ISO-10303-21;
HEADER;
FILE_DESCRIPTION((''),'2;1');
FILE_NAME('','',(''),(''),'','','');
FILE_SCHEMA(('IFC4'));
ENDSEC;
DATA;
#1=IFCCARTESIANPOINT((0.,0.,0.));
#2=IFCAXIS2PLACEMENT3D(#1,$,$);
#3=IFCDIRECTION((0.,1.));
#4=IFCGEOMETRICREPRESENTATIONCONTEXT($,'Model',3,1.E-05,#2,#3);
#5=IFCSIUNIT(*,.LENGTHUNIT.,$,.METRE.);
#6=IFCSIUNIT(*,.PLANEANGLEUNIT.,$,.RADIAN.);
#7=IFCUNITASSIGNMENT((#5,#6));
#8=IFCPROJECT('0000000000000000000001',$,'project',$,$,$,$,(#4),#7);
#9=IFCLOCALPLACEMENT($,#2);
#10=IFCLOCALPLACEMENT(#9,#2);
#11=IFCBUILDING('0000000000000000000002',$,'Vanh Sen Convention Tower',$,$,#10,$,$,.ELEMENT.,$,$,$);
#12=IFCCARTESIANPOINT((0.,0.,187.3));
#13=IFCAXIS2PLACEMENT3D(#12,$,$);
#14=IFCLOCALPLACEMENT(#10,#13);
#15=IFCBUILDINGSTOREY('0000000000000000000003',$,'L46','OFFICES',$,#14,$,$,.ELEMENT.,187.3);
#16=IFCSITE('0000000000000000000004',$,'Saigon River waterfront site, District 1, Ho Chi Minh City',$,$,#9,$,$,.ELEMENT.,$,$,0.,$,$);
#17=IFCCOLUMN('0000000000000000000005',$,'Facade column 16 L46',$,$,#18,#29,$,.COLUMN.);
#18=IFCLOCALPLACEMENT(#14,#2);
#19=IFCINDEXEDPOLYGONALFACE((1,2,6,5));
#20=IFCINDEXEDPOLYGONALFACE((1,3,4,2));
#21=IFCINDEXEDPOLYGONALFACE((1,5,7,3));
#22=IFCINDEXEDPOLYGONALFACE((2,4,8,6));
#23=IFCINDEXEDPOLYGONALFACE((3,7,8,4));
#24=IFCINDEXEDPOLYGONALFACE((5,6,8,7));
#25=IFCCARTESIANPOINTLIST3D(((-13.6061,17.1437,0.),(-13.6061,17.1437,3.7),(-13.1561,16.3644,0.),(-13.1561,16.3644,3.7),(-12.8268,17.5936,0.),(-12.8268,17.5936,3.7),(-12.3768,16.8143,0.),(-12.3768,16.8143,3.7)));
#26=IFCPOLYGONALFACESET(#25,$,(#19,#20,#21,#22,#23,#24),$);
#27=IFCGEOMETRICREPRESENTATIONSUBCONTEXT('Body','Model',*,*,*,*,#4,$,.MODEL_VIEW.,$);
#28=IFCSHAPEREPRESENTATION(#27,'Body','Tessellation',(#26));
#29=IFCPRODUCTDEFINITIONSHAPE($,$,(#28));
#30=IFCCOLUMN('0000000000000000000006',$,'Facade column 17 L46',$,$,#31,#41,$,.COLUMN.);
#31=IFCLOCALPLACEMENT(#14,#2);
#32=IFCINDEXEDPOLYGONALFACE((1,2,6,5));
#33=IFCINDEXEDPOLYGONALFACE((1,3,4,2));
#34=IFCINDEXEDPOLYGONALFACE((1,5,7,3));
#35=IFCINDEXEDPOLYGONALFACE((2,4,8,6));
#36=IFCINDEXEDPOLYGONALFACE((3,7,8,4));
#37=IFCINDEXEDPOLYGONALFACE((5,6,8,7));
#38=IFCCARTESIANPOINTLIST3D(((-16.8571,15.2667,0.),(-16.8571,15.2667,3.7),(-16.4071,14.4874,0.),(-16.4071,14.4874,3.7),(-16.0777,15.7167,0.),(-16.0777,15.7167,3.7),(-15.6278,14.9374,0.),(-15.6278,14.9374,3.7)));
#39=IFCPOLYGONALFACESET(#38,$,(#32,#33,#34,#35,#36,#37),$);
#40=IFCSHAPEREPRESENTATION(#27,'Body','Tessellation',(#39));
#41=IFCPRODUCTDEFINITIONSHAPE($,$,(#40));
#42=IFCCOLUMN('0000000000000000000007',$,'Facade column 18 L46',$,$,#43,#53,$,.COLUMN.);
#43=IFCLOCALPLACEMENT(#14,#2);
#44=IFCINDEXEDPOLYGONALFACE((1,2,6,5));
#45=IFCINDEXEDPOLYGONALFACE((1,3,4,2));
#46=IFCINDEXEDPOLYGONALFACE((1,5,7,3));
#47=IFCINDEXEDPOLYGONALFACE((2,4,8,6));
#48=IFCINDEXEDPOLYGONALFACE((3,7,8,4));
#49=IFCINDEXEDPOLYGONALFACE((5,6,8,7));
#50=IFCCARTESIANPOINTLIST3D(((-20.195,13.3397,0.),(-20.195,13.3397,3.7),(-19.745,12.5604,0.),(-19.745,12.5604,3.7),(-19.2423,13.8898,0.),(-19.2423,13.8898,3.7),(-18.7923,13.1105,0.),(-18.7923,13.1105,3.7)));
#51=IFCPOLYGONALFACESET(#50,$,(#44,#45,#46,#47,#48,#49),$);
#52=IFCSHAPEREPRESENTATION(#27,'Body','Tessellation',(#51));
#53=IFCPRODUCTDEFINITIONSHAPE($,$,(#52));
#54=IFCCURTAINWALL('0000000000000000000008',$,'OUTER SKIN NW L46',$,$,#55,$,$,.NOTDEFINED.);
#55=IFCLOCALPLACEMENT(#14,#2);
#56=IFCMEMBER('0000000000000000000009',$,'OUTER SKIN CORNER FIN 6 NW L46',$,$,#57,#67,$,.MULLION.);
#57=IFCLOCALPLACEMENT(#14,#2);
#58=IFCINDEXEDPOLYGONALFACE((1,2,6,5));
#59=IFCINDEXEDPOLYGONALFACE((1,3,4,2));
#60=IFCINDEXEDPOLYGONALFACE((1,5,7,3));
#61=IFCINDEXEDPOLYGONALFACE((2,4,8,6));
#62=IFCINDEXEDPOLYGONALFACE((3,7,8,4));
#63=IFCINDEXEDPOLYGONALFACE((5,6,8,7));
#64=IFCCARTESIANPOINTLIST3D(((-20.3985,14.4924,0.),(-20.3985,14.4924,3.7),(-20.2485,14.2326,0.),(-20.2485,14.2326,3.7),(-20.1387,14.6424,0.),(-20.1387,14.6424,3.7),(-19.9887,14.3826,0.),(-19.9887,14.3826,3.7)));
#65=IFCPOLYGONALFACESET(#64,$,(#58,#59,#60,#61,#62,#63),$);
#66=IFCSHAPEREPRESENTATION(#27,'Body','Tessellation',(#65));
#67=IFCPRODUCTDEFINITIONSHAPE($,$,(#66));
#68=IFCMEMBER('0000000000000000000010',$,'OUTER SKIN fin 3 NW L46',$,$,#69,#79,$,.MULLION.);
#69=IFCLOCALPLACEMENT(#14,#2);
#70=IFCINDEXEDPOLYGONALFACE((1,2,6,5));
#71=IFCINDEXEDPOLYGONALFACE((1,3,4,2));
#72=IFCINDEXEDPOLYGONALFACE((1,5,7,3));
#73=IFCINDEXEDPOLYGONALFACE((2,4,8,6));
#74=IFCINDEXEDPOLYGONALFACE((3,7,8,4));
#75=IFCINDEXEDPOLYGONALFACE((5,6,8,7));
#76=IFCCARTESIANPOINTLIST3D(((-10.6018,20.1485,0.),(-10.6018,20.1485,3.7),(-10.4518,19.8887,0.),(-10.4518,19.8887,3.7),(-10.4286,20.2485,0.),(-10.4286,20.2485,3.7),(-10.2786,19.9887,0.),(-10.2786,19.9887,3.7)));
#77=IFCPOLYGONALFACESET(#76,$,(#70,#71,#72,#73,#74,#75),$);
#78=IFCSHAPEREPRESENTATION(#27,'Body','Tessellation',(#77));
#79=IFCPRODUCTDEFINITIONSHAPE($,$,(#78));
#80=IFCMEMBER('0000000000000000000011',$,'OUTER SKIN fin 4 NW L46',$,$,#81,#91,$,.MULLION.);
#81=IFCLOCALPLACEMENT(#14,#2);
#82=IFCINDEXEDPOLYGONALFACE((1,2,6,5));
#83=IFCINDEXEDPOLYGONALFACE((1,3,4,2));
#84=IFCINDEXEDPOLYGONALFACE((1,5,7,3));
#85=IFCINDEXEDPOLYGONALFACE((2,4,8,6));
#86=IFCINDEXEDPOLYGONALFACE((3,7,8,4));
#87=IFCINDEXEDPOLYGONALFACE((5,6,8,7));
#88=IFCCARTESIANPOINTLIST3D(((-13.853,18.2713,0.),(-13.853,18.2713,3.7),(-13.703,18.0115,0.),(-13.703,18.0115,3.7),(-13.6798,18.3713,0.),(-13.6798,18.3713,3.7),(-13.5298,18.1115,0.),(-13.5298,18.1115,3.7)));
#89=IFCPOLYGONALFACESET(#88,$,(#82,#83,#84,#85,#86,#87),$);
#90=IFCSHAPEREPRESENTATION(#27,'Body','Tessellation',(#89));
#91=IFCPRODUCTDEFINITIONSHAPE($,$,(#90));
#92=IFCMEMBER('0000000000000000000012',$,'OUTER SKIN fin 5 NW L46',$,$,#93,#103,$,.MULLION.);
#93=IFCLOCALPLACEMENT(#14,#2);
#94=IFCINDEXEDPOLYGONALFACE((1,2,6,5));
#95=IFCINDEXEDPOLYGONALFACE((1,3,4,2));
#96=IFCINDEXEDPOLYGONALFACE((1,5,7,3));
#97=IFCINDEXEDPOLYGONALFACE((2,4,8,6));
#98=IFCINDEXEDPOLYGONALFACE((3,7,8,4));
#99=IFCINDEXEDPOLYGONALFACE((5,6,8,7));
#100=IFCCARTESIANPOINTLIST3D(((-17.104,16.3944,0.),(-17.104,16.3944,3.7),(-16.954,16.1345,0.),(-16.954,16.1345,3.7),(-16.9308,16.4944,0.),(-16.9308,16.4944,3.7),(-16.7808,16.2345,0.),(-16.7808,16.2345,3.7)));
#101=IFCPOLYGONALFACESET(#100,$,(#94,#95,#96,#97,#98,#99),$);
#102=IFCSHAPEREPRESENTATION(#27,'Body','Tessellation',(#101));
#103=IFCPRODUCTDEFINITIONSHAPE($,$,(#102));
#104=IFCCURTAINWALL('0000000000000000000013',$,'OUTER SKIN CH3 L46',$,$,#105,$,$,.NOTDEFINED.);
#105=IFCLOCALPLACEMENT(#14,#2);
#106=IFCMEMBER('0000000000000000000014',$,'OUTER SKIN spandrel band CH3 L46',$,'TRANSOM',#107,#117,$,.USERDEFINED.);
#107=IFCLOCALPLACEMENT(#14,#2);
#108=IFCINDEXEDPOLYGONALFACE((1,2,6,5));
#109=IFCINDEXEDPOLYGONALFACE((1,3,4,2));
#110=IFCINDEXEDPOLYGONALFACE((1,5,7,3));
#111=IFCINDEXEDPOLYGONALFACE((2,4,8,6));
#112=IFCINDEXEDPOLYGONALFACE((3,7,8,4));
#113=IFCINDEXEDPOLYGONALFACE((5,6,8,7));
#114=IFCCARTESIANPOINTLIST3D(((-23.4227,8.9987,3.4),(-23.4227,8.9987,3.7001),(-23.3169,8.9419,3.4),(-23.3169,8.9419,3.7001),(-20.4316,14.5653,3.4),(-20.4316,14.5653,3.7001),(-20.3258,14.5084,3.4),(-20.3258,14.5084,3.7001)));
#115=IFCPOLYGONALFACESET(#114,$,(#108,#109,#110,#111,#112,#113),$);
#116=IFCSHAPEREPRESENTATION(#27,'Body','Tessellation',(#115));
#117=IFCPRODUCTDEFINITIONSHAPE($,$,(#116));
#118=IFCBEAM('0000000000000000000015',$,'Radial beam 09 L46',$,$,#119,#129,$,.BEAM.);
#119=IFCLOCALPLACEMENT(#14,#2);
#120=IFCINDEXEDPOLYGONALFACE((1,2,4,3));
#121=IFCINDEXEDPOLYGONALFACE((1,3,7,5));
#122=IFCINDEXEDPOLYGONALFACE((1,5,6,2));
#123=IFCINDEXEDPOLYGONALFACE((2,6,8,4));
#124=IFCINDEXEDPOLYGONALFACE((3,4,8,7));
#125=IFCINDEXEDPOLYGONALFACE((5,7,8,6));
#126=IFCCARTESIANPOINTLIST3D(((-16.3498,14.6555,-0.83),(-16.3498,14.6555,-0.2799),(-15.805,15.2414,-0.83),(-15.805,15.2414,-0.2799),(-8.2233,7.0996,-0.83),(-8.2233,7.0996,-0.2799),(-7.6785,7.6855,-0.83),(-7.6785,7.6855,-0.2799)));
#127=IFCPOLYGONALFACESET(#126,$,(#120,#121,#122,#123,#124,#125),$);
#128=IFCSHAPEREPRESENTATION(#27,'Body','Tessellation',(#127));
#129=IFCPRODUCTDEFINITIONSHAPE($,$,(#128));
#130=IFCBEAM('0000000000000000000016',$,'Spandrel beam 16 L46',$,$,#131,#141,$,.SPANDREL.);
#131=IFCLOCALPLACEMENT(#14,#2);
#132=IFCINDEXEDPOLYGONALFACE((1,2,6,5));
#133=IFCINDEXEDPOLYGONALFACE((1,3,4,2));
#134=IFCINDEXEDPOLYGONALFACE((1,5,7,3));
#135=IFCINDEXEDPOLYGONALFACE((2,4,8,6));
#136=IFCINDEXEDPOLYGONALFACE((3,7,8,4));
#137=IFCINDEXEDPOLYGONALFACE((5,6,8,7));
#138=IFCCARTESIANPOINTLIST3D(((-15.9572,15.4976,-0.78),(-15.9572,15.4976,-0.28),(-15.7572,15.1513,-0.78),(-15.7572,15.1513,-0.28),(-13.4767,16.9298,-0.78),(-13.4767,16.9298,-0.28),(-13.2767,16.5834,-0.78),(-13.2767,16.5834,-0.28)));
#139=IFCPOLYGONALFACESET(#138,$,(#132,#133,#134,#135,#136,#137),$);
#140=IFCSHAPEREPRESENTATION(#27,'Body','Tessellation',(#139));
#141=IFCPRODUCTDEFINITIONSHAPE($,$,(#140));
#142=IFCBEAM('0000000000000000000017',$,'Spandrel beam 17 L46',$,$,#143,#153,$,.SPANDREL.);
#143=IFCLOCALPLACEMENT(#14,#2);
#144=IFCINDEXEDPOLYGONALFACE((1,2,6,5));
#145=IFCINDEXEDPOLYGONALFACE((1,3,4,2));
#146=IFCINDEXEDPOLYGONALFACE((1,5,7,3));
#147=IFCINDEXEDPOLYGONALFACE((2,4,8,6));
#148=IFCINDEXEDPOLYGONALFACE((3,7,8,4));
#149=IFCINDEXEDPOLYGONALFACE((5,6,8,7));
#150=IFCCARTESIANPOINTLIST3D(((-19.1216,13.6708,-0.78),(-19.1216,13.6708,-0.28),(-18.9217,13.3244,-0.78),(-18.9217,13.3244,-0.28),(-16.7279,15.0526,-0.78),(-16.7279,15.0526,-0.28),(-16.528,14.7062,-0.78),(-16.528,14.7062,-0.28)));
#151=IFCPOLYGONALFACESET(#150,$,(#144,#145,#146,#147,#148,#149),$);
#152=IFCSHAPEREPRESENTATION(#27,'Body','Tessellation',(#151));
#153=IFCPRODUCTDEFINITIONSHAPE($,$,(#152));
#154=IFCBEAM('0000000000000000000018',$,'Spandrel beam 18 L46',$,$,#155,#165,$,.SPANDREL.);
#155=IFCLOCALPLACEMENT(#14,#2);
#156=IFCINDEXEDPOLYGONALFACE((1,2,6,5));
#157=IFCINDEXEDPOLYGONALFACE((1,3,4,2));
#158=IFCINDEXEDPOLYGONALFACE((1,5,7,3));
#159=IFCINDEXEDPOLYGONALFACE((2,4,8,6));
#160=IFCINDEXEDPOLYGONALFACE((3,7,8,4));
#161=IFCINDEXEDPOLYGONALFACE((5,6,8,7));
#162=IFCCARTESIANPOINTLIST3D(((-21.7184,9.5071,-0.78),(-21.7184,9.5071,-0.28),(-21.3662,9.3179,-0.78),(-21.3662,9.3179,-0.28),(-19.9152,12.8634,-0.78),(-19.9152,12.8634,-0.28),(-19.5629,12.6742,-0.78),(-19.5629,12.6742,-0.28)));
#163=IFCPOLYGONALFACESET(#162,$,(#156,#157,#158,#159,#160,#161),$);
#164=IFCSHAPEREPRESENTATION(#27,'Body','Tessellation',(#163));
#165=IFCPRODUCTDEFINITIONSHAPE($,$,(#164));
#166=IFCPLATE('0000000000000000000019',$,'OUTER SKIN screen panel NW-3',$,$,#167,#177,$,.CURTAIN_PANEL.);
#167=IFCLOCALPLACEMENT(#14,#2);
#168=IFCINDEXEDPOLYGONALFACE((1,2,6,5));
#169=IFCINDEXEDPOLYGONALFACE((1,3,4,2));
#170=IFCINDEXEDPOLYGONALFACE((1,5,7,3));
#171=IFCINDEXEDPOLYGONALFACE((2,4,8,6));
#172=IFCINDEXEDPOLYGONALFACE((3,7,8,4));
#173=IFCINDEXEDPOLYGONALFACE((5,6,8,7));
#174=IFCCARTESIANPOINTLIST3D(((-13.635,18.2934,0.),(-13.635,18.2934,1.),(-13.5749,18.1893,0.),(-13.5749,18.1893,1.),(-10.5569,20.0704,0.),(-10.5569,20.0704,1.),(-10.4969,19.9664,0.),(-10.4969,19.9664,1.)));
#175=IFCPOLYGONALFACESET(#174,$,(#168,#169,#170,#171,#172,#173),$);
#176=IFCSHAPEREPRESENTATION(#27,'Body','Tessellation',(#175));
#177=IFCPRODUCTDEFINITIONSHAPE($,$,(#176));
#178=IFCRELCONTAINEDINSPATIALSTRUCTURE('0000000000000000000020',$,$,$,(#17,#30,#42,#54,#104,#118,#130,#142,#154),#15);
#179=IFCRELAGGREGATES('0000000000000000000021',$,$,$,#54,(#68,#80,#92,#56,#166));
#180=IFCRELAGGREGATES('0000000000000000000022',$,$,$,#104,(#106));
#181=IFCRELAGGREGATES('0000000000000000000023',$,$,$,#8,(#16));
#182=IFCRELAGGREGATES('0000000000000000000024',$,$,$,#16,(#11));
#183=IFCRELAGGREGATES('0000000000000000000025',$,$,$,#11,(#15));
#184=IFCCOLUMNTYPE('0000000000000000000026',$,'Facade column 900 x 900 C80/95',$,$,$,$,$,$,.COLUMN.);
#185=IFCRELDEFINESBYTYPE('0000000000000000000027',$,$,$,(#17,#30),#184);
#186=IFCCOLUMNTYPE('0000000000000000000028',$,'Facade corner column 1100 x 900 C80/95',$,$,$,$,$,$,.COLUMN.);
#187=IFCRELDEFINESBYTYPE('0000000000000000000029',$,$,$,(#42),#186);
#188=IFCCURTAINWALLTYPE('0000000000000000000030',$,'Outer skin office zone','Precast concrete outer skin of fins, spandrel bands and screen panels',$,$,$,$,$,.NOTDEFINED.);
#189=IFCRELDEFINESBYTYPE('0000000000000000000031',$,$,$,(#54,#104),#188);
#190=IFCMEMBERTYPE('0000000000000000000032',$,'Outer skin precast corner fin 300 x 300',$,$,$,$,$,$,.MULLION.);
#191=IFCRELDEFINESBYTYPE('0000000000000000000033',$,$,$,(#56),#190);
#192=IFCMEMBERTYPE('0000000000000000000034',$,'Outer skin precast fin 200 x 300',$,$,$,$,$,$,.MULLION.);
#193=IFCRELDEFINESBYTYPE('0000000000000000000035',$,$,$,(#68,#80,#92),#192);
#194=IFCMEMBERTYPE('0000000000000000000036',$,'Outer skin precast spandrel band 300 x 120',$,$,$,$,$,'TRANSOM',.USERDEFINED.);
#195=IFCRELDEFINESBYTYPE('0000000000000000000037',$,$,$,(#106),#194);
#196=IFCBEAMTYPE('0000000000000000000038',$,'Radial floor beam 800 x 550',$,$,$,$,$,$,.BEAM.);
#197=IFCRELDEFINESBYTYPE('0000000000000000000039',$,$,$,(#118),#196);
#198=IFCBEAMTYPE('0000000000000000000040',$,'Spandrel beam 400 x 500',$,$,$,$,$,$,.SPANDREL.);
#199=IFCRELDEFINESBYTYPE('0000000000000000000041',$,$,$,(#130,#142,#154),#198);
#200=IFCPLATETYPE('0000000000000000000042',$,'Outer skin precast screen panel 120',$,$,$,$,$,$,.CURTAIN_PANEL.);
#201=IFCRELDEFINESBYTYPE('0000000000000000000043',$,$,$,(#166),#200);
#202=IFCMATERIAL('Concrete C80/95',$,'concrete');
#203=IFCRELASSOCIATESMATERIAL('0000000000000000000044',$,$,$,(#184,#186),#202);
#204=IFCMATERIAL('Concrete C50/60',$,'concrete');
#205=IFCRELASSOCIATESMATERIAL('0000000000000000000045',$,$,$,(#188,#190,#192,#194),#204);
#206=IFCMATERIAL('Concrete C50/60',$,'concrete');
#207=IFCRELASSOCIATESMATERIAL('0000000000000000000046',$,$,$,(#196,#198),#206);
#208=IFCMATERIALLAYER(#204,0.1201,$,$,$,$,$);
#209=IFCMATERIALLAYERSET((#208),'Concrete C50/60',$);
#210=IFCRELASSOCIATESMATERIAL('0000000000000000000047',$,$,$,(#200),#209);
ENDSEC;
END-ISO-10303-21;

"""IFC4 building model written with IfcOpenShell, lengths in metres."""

from ifc_helpers import new_model, si_unit, direction, frame, origin, origin_2d, place, context, subcontext, project, spatial, rectangle, extrude, material, layer, layer_set, material_profile, profile_set, type_object, element, aggregate, save


model = new_model("IFC4")

# Units and contexts
model_context = context("Model", 3, precision=1e-05, world=origin(), true_north=direction((0.0, 1.0)))
body_context = subcontext(model_context, "Body", "Model", "MODEL_VIEW")
ifc_project = project(units=[si_unit("LENGTHUNIT", "METRE"), si_unit("PLANEANGLEUNIT", "RADIAN")], contexts=[model_context])

# Site, building, storey
site_placement = place(None, origin())
site = spatial("IfcSite", under=ifc_project, at=site_placement, Name="Saigon River waterfront site, District 1, Ho Chi Minh City", CompositionType="ELEMENT", RefElevation=0.0)
building_placement = place(site_placement, origin())
building = spatial("IfcBuilding", under=site, at=building_placement, Name="Vanh Sen Convention Tower", CompositionType="ELEMENT")
storey_placement = place(building_placement, frame((0.0, 0.0, 187.3)))
storey = spatial("IfcBuildingStorey", under=building, at=storey_placement, Name="L46", Description="OFFICES", CompositionType="ELEMENT", Elevation=187.3)

# Columns
ifc_material_1 = material(Name="Concrete C80/95", Category="concrete")
ifc_material_profile_1 = material_profile(ifc_material_1, rectangle(XDim=0.8999, YDim=0.8999, at=origin_2d()), Name="RC 900X900")
ifc_profile_set_1 = profile_set([ifc_material_profile_1], Name="Concrete C80/95")
column_type_1 = type_object("IfcColumnType", Name="Facade column 900 x 900 C80/95", PredefinedType="COLUMN", material=ifc_profile_set_1)
for number, where, z_axis, x_axis, name in (
    (1, (-12.9915, 16.979, 0.0), (0.0, 0.0, 1.0), (-0.866025, -0.5, 0.0), "Facade column 16 L46"),
    (2, (-16.2424, 15.1021, 0.0), (0.0, 0.0, 1.0), (-0.866025, -0.5, 0.0), "Facade column 17 L46"),
):
    element("IfcColumn", number, at=place(storey_placement, frame(where, z_axis=z_axis, x_axis=x_axis)), inside=storey, type_object=column_type_1, Name=name, PredefinedType="COLUMN", context=body_context, shape_type="SweptSolid", body=[
        extrude(rectangle(XDim=0.8999, YDim=0.8999, at=origin_2d()), origin(), (0.0, 0.0, 1.0), 3.7),
    ])
ifc_material_profile_2 = material_profile(ifc_material_1, rectangle(XDim=1.1001, YDim=0.8999, at=origin_2d()), Name="RC 1100X900")
ifc_profile_set_2 = profile_set([ifc_material_profile_2], Name="Concrete C80/95")
column_type_2 = type_object("IfcColumnType", Name="Facade corner column 1100 x 900 C80/95", PredefinedType="COLUMN", material=ifc_profile_set_2)
column_placement = place(storey_placement, frame((-19.4937, 13.2251, 0.0), z_axis=(0.0, 0.0, 1.0), x_axis=(-0.866025, -0.5, 0.0)))
element("IfcColumn", 3, at=column_placement, inside=storey, type_object=column_type_2, Name="Facade column 18 L46", PredefinedType="COLUMN", context=body_context, shape_type="SweptSolid", body=[
    extrude(rectangle(XDim=1.1001, YDim=0.8999, at=origin_2d()), origin(), (0.0, 0.0, 1.0), 3.7),
])

# Curtain wall, members
ifc_material_2 = material(Name="Concrete C50/60", Category="concrete")
curtain_wall_type = type_object("IfcCurtainWallType", Name="Outer skin office zone", Description="Precast concrete outer skin of fins, spandrel bands and screen panels", PredefinedType="NOTDEFINED", material=ifc_material_2)
curtain_wall_1_placement = place(storey_placement, origin())
curtain_wall_1 = element("IfcCurtainWall", 4, at=curtain_wall_1_placement, inside=storey, type_object=curtain_wall_type, Name="OUTER SKIN NW L46", PredefinedType="NOTDEFINED")
ifc_material_profile_3 = material_profile(ifc_material_2, rectangle(XDim=0.3, YDim=0.3, at=origin_2d()), Name="Outer skin precast corner fin 300 x 300")
ifc_profile_set_3 = profile_set([ifc_material_profile_3], Name="Concrete C50/60")
member_type_1 = type_object("IfcMemberType", Name="Outer skin precast corner fin 300 x 300", PredefinedType="MULLION", material=ifc_profile_set_3)
member_1_placement = place(storey_placement, frame((-20.1936, 14.4375, 0.0), z_axis=(0.0, 0.0, 1.0), x_axis=(-0.866025, -0.5, 0.0)))
member_1 = element("IfcMember", 5, at=member_1_placement, type_object=member_type_1, Name="OUTER SKIN CORNER FIN 6 NW L46", PredefinedType="MULLION", context=body_context, shape_type="SweptSolid", body=[
    extrude(rectangle(XDim=0.3, YDim=0.3, at=origin_2d()), origin(), (0.0, 0.0, 1.0), 3.7),
])
ifc_material_profile_4 = material_profile(ifc_material_2, rectangle(XDim=0.2, YDim=0.3, at=origin_2d()), Name="Outer skin precast fin 200 x 300")
ifc_profile_set_4 = profile_set([ifc_material_profile_4], Name="Concrete C50/60")
member_type_2 = type_object("IfcMemberType", Name="Outer skin precast fin 200 x 300", PredefinedType="MULLION", material=ifc_profile_set_4)
member_2_placement = place(storey_placement, frame((-10.4402, 20.0686, 0.0), z_axis=(0.0, 0.0, 1.0), x_axis=(-0.866025, -0.5, 0.0)))
member_2 = element("IfcMember", 6, at=member_2_placement, type_object=member_type_2, Name="OUTER SKIN fin 3 NW L46", PredefinedType="MULLION", context=body_context, shape_type="SweptSolid", body=[
    extrude(rectangle(XDim=0.2, YDim=0.3, at=origin_2d()), origin(), (0.0, 0.0, 1.0), 3.7),
])
member_3_placement = place(storey_placement, frame((-13.6914, 18.1914, 0.0), z_axis=(0.0, 0.0, 1.0), x_axis=(-0.866025, -0.5, 0.0)))
member_3 = element("IfcMember", 7, at=member_3_placement, type_object=member_type_2, Name="OUTER SKIN fin 4 NW L46", PredefinedType="MULLION", context=body_context, shape_type="SweptSolid", body=[
    extrude(rectangle(XDim=0.2, YDim=0.3, at=origin_2d()), origin(), (0.0, 0.0, 1.0), 3.7),
])
member_4_placement = place(storey_placement, frame((-16.9424, 16.3145, 0.0), z_axis=(0.0, 0.0, 1.0), x_axis=(-0.866025, -0.5, 0.0)))
member_4 = element("IfcMember", 8, at=member_4_placement, type_object=member_type_2, Name="OUTER SKIN fin 5 NW L46", PredefinedType="MULLION", context=body_context, shape_type="SweptSolid", body=[
    extrude(rectangle(XDim=0.2, YDim=0.3, at=origin_2d()), origin(), (0.0, 0.0, 1.0), 3.7),
])

# Curtain wall, member
curtain_wall_2_placement = place(storey_placement, origin())
curtain_wall_2 = element("IfcCurtainWall", 9, at=curtain_wall_2_placement, inside=storey, type_object=curtain_wall_type, Name="OUTER SKIN CH3 L46", PredefinedType="NOTDEFINED")
ifc_material_profile_5 = material_profile(ifc_material_2, rectangle(XDim=0.1201, YDim=0.3, at=origin_2d()), Name="Outer skin precast spandrel band 300 x 120")
ifc_profile_set_5 = profile_set([ifc_material_profile_5], Name="Concrete C50/60")
member_type_3 = type_object("IfcMemberType", Name="Outer skin precast spandrel band 300 x 120", ElementType="TRANSOM", PredefinedType="USERDEFINED", material=ifc_profile_set_5)
member_5_placement = place(storey_placement, frame((-20.3787, 14.5369, 3.55), z_axis=(-0.473337, -0.880881, 0.0), x_axis=(0.880881, -0.473337, 0.0)))
member_5 = element("IfcMember", 10, at=member_5_placement, type_object=member_type_3, Name="OUTER SKIN spandrel band CH3 L46", ObjectType="TRANSOM", PredefinedType="USERDEFINED", context=body_context, shape_type="SweptSolid", body=[
    extrude(rectangle(XDim=0.1201, YDim=0.3, at=origin_2d()), origin(), (0.0, 0.0, 1.0), 6.3193),
])

# Beams
ifc_material_3 = material(Name="Concrete C50/60", Category="concrete")
ifc_material_profile_6 = material_profile(ifc_material_3, rectangle(XDim=0.8, YDim=0.55, at=origin_2d()), Name="RC 800X550")
ifc_profile_set_6 = profile_set([ifc_material_profile_6], Name="Concrete C50/60")
beam_type_1 = type_object("IfcBeamType", Name="Radial floor beam 800 x 550", PredefinedType="BEAM", material=ifc_profile_set_6)
beam_1_placement = place(storey_placement, frame((-16.0774, 14.9485, -0.5549), z_axis=(0.732348, -0.68093, 0.0), x_axis=(0.68093, 0.732348, 0.0)))
element("IfcBeam", 11, at=beam_1_placement, inside=storey, type_object=beam_type_1, Name="Radial beam 09 L46", PredefinedType="BEAM", context=body_context, shape_type="SweptSolid", body=[
    extrude(rectangle(XDim=0.8, YDim=0.55, at=origin_2d()), origin(), (0.0, 0.0, 1.0), 11.0964),
])
ifc_material_profile_7 = material_profile(ifc_material_3, rectangle(XDim=0.3999, YDim=0.5, at=origin_2d()), Name="RC 400X500")
ifc_profile_set_7 = profile_set([ifc_material_profile_7], Name="Concrete C50/60")
beam_type_2 = type_object("IfcBeamType", Name="Spandrel beam 400 x 500", PredefinedType="SPANDREL", material=ifc_profile_set_7)
beam_2_placement = place(storey_placement, frame((-13.3767, 16.7566, -0.53), z_axis=(-0.866021, -0.500008, 0.0), x_axis=(0.500008, -0.866021, 0.0)))
element("IfcBeam", 12, at=beam_2_placement, inside=storey, type_object=beam_type_2, Name="Spandrel beam 16 L46", PredefinedType="SPANDREL", context=body_context, shape_type="SweptSolid", body=[
    extrude(rectangle(XDim=0.3999, YDim=0.5, at=origin_2d()), origin(), (0.0, 0.0, 1.0), 2.8643),
])
beam_3_placement = place(storey_placement, frame((-16.6279, 14.8794, -0.53), z_axis=(-0.866061, -0.499939, 0.0), x_axis=(0.499939, -0.866061, 0.0)))
element("IfcBeam", 13, at=beam_3_placement, inside=storey, type_object=beam_type_2, Name="Spandrel beam 17 L46", PredefinedType="SPANDREL", context=body_context, shape_type="SweptSolid", body=[
    extrude(rectangle(XDim=0.3999, YDim=0.5, at=origin_2d()), origin(), (0.0, 0.0, 1.0), 2.7639),
])
beam_4_placement = place(storey_placement, frame((-19.739, 12.7688, -0.53), z_axis=(-0.473293, -0.880905, 0.0), x_axis=(0.880905, -0.473293, 0.0)))
element("IfcBeam", 14, at=beam_4_placement, inside=storey, type_object=beam_type_2, Name="Spandrel beam 18 L46", PredefinedType="SPANDREL", context=body_context, shape_type="SweptSolid", body=[
    extrude(rectangle(XDim=0.3999, YDim=0.5, at=origin_2d()), origin(), (0.0, 0.0, 1.0), 3.8101),
])

# Plate
ifc_layer_1 = layer(ifc_material_2, 0.1201)
ifc_layer_set_1 = layer_set([ifc_layer_1], Name="Concrete C50/60")
plate_type = type_object("IfcPlateType", Name="Outer skin precast screen panel 120", PredefinedType="CURTAIN_PANEL", material=ifc_layer_set_1)
plate_1_placement = place(storey_placement, frame((-12.0659, 19.1299, 0.0), z_axis=(0.0, 0.0, 1.0), x_axis=(-0.866035, -0.499983, 0.0)))
plate_1 = element("IfcPlate", 15, at=plate_1_placement, type_object=plate_type, Name="OUTER SKIN screen panel NW-3", PredefinedType="CURTAIN_PANEL", context=body_context, shape_type="SweptSolid", body=[
    extrude(rectangle(XDim=3.5542, YDim=0.1201, at=origin_2d()), origin(), (0.0, 0.0, 1.0), 1.0),
])
aggregate(curtain_wall_1, [member_2, member_3, member_4, member_1, plate_1])
aggregate(curtain_wall_2, [member_5])

save(model, "model.ifc")
